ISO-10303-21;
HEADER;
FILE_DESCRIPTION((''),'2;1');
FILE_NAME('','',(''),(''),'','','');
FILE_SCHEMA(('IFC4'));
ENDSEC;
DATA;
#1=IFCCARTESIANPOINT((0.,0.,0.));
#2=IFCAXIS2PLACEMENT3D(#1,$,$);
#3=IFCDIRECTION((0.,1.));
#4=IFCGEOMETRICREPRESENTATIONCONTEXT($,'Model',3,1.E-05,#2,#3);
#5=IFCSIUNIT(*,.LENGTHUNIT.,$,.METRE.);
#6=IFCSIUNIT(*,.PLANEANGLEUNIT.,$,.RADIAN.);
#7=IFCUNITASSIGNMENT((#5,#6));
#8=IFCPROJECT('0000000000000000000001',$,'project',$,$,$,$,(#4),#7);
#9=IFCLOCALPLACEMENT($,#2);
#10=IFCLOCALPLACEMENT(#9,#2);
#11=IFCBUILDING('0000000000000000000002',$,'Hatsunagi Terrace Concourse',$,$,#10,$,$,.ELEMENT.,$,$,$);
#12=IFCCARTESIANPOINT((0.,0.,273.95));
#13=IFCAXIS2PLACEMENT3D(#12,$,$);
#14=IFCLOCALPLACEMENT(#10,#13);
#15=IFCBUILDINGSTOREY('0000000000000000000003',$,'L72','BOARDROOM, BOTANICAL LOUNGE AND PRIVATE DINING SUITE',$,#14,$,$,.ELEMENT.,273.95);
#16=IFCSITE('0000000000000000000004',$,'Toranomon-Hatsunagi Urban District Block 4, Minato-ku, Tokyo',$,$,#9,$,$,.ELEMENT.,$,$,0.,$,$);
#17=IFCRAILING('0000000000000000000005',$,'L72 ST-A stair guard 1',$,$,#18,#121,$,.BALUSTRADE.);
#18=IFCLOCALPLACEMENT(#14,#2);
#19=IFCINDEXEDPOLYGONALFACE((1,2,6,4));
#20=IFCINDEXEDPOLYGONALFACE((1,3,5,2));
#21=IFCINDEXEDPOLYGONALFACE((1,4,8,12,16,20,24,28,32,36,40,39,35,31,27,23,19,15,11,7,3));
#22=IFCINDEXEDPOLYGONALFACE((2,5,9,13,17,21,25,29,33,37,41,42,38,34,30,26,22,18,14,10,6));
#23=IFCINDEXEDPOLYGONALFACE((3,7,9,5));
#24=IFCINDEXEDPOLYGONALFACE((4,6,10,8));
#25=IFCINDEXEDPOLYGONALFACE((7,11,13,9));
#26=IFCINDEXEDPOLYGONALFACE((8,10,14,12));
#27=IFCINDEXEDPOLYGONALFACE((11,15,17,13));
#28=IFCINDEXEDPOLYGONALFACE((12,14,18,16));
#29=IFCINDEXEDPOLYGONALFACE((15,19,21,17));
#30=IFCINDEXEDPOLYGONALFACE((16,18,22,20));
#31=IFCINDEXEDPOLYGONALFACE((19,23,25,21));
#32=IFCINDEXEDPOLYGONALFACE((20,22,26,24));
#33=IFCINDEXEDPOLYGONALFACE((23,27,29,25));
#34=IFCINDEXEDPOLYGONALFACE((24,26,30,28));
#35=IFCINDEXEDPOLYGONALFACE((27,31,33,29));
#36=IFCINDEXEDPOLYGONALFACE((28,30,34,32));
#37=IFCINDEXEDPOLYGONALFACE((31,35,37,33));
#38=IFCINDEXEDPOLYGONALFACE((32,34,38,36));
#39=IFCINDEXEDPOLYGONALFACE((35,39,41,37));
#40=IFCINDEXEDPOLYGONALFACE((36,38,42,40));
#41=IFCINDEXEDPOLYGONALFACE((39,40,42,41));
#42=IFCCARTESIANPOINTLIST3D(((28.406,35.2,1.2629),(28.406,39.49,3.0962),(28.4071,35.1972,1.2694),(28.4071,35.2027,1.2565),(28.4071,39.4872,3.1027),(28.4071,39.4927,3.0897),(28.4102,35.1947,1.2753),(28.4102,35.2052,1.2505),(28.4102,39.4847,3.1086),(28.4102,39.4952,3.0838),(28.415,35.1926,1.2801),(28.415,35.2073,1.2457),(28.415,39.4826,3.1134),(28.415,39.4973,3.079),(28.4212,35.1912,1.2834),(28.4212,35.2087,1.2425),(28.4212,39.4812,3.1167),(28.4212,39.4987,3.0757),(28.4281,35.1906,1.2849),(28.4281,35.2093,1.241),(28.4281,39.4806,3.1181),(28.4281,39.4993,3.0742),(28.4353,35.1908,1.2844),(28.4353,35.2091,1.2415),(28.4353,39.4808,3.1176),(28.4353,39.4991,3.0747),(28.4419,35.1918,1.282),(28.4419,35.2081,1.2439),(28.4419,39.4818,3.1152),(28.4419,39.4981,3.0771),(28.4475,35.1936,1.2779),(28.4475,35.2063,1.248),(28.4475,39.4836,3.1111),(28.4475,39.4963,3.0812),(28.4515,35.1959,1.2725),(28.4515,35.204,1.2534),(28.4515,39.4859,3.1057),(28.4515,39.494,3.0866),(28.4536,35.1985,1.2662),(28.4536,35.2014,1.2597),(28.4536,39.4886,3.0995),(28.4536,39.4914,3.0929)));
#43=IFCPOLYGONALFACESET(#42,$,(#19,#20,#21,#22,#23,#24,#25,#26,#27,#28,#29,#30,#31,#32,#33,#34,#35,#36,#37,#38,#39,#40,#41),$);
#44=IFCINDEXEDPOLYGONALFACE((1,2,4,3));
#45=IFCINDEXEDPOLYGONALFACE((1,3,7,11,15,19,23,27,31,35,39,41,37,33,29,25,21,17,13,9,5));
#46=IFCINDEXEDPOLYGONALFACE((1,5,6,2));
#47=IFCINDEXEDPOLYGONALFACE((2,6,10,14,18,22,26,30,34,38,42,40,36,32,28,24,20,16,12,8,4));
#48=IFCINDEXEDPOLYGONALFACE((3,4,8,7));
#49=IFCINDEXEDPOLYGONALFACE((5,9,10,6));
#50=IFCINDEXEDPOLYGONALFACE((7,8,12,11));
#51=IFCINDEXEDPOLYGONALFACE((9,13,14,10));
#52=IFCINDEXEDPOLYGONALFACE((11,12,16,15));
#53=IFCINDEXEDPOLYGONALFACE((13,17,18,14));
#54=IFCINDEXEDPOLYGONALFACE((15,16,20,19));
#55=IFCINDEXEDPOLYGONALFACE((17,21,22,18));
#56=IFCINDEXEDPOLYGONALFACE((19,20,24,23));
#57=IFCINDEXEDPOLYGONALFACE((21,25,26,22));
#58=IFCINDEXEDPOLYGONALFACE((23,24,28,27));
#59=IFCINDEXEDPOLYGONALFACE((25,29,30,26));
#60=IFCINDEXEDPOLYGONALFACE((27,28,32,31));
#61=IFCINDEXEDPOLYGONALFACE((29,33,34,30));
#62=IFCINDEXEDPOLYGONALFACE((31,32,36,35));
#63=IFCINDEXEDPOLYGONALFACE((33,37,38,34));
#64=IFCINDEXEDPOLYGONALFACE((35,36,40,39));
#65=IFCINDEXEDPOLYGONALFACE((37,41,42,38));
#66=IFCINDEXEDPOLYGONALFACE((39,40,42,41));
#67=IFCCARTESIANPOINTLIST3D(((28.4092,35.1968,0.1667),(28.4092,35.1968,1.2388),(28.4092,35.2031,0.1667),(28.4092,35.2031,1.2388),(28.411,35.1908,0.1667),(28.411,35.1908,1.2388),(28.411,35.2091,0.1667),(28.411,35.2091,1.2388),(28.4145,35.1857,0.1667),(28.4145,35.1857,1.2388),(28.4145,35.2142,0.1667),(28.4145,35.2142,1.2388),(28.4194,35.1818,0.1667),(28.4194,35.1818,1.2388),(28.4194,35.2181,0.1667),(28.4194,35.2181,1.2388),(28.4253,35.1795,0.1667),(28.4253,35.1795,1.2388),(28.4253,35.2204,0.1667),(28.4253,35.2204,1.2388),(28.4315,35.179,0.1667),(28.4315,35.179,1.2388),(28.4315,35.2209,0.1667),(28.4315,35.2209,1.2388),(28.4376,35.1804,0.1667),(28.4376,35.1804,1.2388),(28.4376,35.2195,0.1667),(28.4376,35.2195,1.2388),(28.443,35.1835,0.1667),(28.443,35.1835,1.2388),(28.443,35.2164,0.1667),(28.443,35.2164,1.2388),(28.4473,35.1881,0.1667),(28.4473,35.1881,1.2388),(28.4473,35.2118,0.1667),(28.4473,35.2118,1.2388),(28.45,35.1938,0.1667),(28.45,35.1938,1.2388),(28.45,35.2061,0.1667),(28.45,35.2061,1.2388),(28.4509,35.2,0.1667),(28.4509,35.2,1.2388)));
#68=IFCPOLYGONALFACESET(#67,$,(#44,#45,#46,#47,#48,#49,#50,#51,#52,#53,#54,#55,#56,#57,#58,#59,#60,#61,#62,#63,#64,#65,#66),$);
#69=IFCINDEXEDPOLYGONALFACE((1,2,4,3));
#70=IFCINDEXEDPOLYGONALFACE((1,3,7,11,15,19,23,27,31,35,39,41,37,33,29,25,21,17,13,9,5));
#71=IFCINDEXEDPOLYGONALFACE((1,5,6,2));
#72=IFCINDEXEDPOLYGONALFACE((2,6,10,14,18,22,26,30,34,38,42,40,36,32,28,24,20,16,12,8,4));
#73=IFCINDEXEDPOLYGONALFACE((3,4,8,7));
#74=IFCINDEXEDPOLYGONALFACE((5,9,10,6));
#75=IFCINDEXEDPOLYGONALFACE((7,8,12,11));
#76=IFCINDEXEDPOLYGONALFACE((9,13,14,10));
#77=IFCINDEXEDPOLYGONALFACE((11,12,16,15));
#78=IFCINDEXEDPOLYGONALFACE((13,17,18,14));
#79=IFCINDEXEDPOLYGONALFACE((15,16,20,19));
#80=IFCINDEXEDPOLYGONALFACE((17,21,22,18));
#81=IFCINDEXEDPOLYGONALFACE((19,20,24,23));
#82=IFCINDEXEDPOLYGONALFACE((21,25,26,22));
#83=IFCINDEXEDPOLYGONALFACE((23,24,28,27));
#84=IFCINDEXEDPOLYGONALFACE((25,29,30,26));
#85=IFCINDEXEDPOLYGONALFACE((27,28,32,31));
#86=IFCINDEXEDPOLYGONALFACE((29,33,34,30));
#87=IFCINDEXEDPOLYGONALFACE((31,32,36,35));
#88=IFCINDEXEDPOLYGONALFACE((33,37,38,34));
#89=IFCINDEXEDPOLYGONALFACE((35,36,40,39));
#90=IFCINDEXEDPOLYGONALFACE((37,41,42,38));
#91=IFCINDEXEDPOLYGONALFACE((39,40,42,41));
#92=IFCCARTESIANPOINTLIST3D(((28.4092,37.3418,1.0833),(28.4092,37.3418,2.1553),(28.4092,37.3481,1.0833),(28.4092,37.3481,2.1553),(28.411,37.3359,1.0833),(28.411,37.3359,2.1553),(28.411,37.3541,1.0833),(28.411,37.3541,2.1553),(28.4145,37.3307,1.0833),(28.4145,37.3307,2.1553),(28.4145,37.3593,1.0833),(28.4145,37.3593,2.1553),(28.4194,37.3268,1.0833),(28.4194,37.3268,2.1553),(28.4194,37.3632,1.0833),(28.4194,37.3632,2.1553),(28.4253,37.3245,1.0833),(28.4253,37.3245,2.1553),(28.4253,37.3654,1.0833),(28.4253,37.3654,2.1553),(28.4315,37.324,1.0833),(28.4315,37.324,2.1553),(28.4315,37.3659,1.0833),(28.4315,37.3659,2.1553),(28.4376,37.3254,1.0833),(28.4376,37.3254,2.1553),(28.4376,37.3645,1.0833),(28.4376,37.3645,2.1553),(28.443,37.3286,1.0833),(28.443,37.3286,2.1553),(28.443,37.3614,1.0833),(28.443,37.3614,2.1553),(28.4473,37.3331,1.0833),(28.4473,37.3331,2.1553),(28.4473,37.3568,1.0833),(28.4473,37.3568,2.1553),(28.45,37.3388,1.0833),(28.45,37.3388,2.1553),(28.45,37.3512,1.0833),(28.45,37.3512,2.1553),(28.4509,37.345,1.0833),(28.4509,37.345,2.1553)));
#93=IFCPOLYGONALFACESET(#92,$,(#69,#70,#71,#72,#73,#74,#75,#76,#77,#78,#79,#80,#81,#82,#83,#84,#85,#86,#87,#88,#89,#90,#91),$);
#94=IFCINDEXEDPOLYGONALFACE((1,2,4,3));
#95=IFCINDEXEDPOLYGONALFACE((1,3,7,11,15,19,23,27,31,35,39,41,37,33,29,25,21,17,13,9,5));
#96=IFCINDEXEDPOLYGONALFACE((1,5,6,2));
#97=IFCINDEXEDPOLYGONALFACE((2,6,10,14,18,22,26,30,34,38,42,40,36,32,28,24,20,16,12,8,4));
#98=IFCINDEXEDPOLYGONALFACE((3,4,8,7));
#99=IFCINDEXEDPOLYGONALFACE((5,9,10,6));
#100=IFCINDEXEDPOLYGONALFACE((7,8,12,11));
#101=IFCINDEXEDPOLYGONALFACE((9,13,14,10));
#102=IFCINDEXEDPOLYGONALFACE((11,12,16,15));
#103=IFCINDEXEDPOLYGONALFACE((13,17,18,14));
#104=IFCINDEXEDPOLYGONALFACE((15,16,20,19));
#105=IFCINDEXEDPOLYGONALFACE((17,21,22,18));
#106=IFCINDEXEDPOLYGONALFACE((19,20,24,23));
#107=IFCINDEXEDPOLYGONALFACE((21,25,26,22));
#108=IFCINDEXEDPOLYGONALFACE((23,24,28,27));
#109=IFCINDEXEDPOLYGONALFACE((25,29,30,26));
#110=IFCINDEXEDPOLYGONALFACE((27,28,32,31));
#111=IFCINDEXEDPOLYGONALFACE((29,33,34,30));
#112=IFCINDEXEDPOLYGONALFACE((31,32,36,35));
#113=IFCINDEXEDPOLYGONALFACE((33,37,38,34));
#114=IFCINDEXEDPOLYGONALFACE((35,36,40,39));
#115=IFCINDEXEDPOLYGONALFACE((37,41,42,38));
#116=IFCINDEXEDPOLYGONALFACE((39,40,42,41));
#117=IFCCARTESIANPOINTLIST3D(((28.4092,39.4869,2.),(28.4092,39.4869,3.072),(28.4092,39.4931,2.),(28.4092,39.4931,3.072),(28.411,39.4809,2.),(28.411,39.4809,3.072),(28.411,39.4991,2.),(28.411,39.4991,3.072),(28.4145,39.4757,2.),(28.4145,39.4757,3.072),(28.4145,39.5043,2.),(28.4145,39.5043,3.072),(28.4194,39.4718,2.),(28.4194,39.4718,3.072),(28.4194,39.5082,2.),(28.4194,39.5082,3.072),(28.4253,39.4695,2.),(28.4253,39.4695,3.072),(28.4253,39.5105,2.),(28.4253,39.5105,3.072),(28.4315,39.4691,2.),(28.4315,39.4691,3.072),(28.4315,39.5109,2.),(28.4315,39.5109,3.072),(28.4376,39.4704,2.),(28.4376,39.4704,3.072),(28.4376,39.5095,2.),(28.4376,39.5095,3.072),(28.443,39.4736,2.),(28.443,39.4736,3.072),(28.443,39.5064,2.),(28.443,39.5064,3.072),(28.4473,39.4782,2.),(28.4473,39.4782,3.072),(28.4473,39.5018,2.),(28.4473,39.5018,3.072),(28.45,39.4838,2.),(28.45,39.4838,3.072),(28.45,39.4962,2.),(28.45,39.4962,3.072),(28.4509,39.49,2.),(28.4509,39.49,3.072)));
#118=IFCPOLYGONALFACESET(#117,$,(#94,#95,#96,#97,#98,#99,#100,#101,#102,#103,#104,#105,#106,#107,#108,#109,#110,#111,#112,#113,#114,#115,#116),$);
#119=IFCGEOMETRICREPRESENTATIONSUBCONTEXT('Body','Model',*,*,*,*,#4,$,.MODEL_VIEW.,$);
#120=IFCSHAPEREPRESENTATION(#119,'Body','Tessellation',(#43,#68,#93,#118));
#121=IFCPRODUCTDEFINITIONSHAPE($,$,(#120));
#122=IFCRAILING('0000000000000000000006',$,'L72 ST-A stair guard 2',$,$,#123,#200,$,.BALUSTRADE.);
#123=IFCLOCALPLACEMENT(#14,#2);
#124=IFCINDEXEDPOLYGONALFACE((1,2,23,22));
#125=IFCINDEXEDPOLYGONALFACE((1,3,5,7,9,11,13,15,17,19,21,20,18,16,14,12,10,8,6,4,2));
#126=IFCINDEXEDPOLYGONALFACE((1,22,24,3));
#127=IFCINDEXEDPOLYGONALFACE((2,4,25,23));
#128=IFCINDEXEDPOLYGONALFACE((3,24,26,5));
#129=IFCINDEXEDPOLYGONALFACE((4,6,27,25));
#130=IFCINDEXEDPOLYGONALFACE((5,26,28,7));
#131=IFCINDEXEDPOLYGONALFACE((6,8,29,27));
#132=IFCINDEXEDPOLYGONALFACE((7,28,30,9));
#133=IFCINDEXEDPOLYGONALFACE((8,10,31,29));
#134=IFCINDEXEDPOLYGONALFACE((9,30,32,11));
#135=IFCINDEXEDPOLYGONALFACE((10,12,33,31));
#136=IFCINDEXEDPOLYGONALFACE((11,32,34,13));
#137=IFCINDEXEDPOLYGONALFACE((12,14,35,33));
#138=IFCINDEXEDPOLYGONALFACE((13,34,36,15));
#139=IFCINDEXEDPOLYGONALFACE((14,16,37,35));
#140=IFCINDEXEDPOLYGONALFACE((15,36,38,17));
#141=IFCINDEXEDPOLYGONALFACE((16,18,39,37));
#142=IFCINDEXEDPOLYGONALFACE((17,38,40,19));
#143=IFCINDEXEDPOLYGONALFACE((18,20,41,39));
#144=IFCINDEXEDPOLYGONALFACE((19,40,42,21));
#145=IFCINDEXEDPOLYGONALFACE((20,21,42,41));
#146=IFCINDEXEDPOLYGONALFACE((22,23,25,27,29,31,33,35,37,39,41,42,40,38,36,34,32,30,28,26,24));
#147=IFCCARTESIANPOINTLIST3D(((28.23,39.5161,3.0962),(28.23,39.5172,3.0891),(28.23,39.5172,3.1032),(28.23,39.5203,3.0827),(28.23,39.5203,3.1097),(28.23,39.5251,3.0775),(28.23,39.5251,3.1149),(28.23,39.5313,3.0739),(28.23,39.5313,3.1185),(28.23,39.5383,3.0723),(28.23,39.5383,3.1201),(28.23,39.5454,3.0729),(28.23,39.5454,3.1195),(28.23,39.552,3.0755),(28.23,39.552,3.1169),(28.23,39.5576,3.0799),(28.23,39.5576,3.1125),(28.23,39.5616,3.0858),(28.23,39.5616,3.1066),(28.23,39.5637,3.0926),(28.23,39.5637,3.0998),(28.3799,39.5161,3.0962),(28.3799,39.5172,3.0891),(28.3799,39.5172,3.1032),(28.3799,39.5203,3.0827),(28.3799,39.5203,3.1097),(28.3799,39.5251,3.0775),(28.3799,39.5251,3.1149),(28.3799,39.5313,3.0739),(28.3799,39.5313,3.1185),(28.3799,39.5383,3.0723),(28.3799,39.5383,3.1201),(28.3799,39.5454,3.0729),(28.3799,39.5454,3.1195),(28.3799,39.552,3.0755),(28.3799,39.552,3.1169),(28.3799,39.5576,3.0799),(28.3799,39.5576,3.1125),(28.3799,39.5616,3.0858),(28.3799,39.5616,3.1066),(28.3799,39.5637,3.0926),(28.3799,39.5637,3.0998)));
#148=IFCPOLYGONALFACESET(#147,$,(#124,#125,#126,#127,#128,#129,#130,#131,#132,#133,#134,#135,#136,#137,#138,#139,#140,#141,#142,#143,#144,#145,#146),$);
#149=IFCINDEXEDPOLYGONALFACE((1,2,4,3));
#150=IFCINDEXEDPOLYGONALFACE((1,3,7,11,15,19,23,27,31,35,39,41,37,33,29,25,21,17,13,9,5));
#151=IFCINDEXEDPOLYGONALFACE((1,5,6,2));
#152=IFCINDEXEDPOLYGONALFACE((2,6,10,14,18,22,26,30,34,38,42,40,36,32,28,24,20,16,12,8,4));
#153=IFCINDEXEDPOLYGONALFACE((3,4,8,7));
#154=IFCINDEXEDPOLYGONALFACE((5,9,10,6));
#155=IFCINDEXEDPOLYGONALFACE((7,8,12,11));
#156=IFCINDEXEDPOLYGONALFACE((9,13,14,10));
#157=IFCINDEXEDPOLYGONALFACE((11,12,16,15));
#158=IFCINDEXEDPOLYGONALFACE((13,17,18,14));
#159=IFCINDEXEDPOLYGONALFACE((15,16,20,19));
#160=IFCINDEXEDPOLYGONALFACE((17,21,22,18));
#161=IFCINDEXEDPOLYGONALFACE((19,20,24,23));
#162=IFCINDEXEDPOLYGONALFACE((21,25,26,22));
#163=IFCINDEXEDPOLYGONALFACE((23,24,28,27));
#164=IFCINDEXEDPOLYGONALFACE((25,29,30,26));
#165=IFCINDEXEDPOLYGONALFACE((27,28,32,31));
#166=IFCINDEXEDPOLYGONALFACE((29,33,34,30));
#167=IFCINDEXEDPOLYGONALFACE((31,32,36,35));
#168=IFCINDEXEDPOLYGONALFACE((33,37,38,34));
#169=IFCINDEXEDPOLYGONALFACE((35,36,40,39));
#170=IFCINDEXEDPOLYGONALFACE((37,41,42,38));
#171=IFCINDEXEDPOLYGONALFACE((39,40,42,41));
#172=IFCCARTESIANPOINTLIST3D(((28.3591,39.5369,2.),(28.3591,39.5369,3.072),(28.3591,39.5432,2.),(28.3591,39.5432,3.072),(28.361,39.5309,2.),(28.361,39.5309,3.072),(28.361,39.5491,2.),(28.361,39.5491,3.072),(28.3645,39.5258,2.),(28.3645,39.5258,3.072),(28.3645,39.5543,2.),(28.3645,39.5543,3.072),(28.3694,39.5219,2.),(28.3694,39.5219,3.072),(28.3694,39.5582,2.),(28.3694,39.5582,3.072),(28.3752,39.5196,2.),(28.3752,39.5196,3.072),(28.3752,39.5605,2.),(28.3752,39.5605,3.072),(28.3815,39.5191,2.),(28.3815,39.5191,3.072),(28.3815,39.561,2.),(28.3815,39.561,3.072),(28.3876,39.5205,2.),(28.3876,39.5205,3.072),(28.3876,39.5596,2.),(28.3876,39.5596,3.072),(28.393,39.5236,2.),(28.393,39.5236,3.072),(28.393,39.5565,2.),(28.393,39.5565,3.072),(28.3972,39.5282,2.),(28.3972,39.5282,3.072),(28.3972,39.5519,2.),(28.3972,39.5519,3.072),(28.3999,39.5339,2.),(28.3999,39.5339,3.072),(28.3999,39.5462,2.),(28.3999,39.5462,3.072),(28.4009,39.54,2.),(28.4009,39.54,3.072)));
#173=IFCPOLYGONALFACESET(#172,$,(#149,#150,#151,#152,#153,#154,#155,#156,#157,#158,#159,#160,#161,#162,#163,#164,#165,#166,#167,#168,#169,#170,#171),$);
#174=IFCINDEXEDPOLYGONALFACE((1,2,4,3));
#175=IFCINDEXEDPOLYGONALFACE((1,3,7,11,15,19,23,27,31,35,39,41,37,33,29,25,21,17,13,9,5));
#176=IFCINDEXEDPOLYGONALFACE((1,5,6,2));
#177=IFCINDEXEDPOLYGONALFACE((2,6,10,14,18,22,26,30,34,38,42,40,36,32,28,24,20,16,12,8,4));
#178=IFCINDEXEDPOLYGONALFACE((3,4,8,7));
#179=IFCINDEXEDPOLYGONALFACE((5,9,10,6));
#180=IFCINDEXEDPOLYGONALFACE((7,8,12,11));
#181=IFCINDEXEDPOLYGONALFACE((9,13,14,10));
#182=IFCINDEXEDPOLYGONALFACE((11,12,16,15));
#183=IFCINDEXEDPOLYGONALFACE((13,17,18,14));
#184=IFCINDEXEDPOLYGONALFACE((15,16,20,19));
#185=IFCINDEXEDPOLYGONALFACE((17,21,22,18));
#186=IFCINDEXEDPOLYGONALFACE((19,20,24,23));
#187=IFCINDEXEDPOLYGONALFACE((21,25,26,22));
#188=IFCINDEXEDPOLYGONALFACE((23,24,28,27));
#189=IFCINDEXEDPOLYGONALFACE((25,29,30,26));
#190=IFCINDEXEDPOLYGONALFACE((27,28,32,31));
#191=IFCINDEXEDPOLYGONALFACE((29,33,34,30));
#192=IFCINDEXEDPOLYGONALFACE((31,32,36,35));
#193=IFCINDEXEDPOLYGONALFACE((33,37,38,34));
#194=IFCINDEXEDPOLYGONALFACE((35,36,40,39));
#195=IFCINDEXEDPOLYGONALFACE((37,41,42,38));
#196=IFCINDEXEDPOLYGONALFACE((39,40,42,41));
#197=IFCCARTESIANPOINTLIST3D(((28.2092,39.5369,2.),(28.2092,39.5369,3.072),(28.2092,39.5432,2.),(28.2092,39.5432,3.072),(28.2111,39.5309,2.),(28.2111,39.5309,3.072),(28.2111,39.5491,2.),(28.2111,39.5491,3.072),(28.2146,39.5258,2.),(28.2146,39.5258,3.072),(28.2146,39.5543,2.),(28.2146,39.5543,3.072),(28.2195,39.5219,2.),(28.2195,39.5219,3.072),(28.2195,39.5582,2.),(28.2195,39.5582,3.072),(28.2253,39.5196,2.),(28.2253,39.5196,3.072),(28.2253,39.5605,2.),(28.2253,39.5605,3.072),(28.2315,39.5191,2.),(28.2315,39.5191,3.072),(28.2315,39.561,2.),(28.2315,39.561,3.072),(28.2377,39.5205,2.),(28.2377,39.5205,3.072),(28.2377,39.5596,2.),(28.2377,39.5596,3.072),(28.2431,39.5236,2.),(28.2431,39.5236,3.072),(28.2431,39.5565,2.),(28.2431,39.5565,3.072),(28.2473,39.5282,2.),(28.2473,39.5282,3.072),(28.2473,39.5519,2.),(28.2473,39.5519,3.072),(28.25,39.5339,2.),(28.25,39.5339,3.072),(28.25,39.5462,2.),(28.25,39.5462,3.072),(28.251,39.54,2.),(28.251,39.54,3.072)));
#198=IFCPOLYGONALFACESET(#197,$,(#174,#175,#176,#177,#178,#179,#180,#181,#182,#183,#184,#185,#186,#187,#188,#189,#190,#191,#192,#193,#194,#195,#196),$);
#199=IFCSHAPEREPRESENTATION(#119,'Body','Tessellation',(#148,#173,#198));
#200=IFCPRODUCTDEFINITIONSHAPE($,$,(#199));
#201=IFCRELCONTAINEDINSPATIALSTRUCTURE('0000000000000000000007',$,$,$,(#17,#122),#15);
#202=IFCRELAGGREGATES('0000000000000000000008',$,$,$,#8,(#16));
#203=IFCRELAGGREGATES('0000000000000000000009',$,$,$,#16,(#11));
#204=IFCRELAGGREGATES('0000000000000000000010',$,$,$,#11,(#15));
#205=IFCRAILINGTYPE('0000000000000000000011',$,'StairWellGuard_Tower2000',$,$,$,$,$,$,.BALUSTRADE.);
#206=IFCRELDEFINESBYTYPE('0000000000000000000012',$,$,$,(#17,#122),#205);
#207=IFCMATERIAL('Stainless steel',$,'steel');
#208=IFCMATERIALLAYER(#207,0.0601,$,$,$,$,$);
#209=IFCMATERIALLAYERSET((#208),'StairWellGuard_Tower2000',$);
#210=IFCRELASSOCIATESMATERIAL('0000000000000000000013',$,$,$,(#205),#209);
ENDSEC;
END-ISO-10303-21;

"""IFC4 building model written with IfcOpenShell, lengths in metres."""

from ifc_helpers import new_model, si_unit, direction, frame, origin, origin_2d, place, context, subcontext, project, spatial, circle, extrude, material, layer, layer_set, type_object, element, save


model = new_model("IFC4")

# Units and contexts
model_context = context("Model", 3, precision=1e-05, world=origin(), true_north=direction((0.0, 1.0)))
body_context = subcontext(model_context, "Body", "Model", "MODEL_VIEW")
ifc_project = project(units=[si_unit("LENGTHUNIT", "METRE"), si_unit("PLANEANGLEUNIT", "RADIAN")], contexts=[model_context])

# Site, building, storey
site_placement = place(None, origin())
site = spatial("IfcSite", under=ifc_project, at=site_placement, Name="Toranomon-Hatsunagi Urban District Block 4, Minato-ku, Tokyo", CompositionType="ELEMENT", RefElevation=0.0)
building_placement = place(site_placement, origin())
building = spatial("IfcBuilding", under=site, at=building_placement, Name="Hatsunagi Terrace Concourse", CompositionType="ELEMENT")
storey_placement = place(building_placement, frame((0.0, 0.0, 273.95)))
storey = spatial("IfcBuildingStorey", under=building, at=storey_placement, Name="L72", Description="BOARDROOM, BOTANICAL LOUNGE AND PRIVATE DINING SUITE", CompositionType="ELEMENT", Elevation=273.95)

# Railings
ifc_material_1 = material(Name="Stainless steel", Category="steel")
ifc_layer_1 = layer(ifc_material_1, 0.0601)
ifc_layer_set_1 = layer_set([ifc_layer_1], Name="StairWellGuard_Tower2000")
railing_type_1 = type_object("IfcRailingType", Name="StairWellGuard_Tower2000", PredefinedType="BALUSTRADE", material=ifc_layer_set_1)
railing_1_placement = place(storey_placement, frame((28.4299, 35.2, 0.1667)))
element("IfcRailing", 1, at=railing_1_placement, inside=storey, type_object=railing_type_1, Name="L72 ST-A stair guard 1", PredefinedType="BALUSTRADE", context=body_context, shape_type="SweptSolid", body=[
    extrude(circle(Radius=0.0239, at=origin_2d()), frame((0.0, 0.0, 1.0962), z_axis=(0.0, 0.919559, 0.392953), x_axis=(-1.0, 0.0, 0.0)), (0.0, 0.0, 1.0), 4.6653),
    extrude(circle(Radius=0.021, at=origin_2d()), origin(), (0.0, 0.0, 1.0), 1.072),
    extrude(circle(Radius=0.021, at=origin_2d()), frame((0.0, 2.145, 0.9165)), (0.0, 0.0, 1.0), 1.072),
    extrude(circle(Radius=0.021, at=origin_2d()), frame((0.0, 4.29, 1.8333)), (0.0, 0.0, 1.0), 1.072),
])
railing_2_placement = place(storey_placement, frame((28.3799, 39.54, 2.0)))
element("IfcRailing", 2, at=railing_2_placement, inside=storey, type_object=railing_type_1, Name="L72 ST-A stair guard 2", PredefinedType="BALUSTRADE", context=body_context, shape_type="SweptSolid", body=[
    extrude(circle(Radius=0.0239, at=origin_2d()), frame((0.0, 0.0, 1.0962), z_axis=(-1.0, 0.0, 0.0), x_axis=(0.0, -1.0, 0.0)), (0.0, 0.0, 1.0), 0.1499),
    extrude(circle(Radius=0.021, at=origin_2d()), origin(), (0.0, 0.0, 1.0), 1.072),
    extrude(circle(Radius=0.021, at=origin_2d()), frame((-0.1499, 0.0, 0.0)), (0.0, 0.0, 1.0), 1.072),
])

save(model, "model.ifc")
